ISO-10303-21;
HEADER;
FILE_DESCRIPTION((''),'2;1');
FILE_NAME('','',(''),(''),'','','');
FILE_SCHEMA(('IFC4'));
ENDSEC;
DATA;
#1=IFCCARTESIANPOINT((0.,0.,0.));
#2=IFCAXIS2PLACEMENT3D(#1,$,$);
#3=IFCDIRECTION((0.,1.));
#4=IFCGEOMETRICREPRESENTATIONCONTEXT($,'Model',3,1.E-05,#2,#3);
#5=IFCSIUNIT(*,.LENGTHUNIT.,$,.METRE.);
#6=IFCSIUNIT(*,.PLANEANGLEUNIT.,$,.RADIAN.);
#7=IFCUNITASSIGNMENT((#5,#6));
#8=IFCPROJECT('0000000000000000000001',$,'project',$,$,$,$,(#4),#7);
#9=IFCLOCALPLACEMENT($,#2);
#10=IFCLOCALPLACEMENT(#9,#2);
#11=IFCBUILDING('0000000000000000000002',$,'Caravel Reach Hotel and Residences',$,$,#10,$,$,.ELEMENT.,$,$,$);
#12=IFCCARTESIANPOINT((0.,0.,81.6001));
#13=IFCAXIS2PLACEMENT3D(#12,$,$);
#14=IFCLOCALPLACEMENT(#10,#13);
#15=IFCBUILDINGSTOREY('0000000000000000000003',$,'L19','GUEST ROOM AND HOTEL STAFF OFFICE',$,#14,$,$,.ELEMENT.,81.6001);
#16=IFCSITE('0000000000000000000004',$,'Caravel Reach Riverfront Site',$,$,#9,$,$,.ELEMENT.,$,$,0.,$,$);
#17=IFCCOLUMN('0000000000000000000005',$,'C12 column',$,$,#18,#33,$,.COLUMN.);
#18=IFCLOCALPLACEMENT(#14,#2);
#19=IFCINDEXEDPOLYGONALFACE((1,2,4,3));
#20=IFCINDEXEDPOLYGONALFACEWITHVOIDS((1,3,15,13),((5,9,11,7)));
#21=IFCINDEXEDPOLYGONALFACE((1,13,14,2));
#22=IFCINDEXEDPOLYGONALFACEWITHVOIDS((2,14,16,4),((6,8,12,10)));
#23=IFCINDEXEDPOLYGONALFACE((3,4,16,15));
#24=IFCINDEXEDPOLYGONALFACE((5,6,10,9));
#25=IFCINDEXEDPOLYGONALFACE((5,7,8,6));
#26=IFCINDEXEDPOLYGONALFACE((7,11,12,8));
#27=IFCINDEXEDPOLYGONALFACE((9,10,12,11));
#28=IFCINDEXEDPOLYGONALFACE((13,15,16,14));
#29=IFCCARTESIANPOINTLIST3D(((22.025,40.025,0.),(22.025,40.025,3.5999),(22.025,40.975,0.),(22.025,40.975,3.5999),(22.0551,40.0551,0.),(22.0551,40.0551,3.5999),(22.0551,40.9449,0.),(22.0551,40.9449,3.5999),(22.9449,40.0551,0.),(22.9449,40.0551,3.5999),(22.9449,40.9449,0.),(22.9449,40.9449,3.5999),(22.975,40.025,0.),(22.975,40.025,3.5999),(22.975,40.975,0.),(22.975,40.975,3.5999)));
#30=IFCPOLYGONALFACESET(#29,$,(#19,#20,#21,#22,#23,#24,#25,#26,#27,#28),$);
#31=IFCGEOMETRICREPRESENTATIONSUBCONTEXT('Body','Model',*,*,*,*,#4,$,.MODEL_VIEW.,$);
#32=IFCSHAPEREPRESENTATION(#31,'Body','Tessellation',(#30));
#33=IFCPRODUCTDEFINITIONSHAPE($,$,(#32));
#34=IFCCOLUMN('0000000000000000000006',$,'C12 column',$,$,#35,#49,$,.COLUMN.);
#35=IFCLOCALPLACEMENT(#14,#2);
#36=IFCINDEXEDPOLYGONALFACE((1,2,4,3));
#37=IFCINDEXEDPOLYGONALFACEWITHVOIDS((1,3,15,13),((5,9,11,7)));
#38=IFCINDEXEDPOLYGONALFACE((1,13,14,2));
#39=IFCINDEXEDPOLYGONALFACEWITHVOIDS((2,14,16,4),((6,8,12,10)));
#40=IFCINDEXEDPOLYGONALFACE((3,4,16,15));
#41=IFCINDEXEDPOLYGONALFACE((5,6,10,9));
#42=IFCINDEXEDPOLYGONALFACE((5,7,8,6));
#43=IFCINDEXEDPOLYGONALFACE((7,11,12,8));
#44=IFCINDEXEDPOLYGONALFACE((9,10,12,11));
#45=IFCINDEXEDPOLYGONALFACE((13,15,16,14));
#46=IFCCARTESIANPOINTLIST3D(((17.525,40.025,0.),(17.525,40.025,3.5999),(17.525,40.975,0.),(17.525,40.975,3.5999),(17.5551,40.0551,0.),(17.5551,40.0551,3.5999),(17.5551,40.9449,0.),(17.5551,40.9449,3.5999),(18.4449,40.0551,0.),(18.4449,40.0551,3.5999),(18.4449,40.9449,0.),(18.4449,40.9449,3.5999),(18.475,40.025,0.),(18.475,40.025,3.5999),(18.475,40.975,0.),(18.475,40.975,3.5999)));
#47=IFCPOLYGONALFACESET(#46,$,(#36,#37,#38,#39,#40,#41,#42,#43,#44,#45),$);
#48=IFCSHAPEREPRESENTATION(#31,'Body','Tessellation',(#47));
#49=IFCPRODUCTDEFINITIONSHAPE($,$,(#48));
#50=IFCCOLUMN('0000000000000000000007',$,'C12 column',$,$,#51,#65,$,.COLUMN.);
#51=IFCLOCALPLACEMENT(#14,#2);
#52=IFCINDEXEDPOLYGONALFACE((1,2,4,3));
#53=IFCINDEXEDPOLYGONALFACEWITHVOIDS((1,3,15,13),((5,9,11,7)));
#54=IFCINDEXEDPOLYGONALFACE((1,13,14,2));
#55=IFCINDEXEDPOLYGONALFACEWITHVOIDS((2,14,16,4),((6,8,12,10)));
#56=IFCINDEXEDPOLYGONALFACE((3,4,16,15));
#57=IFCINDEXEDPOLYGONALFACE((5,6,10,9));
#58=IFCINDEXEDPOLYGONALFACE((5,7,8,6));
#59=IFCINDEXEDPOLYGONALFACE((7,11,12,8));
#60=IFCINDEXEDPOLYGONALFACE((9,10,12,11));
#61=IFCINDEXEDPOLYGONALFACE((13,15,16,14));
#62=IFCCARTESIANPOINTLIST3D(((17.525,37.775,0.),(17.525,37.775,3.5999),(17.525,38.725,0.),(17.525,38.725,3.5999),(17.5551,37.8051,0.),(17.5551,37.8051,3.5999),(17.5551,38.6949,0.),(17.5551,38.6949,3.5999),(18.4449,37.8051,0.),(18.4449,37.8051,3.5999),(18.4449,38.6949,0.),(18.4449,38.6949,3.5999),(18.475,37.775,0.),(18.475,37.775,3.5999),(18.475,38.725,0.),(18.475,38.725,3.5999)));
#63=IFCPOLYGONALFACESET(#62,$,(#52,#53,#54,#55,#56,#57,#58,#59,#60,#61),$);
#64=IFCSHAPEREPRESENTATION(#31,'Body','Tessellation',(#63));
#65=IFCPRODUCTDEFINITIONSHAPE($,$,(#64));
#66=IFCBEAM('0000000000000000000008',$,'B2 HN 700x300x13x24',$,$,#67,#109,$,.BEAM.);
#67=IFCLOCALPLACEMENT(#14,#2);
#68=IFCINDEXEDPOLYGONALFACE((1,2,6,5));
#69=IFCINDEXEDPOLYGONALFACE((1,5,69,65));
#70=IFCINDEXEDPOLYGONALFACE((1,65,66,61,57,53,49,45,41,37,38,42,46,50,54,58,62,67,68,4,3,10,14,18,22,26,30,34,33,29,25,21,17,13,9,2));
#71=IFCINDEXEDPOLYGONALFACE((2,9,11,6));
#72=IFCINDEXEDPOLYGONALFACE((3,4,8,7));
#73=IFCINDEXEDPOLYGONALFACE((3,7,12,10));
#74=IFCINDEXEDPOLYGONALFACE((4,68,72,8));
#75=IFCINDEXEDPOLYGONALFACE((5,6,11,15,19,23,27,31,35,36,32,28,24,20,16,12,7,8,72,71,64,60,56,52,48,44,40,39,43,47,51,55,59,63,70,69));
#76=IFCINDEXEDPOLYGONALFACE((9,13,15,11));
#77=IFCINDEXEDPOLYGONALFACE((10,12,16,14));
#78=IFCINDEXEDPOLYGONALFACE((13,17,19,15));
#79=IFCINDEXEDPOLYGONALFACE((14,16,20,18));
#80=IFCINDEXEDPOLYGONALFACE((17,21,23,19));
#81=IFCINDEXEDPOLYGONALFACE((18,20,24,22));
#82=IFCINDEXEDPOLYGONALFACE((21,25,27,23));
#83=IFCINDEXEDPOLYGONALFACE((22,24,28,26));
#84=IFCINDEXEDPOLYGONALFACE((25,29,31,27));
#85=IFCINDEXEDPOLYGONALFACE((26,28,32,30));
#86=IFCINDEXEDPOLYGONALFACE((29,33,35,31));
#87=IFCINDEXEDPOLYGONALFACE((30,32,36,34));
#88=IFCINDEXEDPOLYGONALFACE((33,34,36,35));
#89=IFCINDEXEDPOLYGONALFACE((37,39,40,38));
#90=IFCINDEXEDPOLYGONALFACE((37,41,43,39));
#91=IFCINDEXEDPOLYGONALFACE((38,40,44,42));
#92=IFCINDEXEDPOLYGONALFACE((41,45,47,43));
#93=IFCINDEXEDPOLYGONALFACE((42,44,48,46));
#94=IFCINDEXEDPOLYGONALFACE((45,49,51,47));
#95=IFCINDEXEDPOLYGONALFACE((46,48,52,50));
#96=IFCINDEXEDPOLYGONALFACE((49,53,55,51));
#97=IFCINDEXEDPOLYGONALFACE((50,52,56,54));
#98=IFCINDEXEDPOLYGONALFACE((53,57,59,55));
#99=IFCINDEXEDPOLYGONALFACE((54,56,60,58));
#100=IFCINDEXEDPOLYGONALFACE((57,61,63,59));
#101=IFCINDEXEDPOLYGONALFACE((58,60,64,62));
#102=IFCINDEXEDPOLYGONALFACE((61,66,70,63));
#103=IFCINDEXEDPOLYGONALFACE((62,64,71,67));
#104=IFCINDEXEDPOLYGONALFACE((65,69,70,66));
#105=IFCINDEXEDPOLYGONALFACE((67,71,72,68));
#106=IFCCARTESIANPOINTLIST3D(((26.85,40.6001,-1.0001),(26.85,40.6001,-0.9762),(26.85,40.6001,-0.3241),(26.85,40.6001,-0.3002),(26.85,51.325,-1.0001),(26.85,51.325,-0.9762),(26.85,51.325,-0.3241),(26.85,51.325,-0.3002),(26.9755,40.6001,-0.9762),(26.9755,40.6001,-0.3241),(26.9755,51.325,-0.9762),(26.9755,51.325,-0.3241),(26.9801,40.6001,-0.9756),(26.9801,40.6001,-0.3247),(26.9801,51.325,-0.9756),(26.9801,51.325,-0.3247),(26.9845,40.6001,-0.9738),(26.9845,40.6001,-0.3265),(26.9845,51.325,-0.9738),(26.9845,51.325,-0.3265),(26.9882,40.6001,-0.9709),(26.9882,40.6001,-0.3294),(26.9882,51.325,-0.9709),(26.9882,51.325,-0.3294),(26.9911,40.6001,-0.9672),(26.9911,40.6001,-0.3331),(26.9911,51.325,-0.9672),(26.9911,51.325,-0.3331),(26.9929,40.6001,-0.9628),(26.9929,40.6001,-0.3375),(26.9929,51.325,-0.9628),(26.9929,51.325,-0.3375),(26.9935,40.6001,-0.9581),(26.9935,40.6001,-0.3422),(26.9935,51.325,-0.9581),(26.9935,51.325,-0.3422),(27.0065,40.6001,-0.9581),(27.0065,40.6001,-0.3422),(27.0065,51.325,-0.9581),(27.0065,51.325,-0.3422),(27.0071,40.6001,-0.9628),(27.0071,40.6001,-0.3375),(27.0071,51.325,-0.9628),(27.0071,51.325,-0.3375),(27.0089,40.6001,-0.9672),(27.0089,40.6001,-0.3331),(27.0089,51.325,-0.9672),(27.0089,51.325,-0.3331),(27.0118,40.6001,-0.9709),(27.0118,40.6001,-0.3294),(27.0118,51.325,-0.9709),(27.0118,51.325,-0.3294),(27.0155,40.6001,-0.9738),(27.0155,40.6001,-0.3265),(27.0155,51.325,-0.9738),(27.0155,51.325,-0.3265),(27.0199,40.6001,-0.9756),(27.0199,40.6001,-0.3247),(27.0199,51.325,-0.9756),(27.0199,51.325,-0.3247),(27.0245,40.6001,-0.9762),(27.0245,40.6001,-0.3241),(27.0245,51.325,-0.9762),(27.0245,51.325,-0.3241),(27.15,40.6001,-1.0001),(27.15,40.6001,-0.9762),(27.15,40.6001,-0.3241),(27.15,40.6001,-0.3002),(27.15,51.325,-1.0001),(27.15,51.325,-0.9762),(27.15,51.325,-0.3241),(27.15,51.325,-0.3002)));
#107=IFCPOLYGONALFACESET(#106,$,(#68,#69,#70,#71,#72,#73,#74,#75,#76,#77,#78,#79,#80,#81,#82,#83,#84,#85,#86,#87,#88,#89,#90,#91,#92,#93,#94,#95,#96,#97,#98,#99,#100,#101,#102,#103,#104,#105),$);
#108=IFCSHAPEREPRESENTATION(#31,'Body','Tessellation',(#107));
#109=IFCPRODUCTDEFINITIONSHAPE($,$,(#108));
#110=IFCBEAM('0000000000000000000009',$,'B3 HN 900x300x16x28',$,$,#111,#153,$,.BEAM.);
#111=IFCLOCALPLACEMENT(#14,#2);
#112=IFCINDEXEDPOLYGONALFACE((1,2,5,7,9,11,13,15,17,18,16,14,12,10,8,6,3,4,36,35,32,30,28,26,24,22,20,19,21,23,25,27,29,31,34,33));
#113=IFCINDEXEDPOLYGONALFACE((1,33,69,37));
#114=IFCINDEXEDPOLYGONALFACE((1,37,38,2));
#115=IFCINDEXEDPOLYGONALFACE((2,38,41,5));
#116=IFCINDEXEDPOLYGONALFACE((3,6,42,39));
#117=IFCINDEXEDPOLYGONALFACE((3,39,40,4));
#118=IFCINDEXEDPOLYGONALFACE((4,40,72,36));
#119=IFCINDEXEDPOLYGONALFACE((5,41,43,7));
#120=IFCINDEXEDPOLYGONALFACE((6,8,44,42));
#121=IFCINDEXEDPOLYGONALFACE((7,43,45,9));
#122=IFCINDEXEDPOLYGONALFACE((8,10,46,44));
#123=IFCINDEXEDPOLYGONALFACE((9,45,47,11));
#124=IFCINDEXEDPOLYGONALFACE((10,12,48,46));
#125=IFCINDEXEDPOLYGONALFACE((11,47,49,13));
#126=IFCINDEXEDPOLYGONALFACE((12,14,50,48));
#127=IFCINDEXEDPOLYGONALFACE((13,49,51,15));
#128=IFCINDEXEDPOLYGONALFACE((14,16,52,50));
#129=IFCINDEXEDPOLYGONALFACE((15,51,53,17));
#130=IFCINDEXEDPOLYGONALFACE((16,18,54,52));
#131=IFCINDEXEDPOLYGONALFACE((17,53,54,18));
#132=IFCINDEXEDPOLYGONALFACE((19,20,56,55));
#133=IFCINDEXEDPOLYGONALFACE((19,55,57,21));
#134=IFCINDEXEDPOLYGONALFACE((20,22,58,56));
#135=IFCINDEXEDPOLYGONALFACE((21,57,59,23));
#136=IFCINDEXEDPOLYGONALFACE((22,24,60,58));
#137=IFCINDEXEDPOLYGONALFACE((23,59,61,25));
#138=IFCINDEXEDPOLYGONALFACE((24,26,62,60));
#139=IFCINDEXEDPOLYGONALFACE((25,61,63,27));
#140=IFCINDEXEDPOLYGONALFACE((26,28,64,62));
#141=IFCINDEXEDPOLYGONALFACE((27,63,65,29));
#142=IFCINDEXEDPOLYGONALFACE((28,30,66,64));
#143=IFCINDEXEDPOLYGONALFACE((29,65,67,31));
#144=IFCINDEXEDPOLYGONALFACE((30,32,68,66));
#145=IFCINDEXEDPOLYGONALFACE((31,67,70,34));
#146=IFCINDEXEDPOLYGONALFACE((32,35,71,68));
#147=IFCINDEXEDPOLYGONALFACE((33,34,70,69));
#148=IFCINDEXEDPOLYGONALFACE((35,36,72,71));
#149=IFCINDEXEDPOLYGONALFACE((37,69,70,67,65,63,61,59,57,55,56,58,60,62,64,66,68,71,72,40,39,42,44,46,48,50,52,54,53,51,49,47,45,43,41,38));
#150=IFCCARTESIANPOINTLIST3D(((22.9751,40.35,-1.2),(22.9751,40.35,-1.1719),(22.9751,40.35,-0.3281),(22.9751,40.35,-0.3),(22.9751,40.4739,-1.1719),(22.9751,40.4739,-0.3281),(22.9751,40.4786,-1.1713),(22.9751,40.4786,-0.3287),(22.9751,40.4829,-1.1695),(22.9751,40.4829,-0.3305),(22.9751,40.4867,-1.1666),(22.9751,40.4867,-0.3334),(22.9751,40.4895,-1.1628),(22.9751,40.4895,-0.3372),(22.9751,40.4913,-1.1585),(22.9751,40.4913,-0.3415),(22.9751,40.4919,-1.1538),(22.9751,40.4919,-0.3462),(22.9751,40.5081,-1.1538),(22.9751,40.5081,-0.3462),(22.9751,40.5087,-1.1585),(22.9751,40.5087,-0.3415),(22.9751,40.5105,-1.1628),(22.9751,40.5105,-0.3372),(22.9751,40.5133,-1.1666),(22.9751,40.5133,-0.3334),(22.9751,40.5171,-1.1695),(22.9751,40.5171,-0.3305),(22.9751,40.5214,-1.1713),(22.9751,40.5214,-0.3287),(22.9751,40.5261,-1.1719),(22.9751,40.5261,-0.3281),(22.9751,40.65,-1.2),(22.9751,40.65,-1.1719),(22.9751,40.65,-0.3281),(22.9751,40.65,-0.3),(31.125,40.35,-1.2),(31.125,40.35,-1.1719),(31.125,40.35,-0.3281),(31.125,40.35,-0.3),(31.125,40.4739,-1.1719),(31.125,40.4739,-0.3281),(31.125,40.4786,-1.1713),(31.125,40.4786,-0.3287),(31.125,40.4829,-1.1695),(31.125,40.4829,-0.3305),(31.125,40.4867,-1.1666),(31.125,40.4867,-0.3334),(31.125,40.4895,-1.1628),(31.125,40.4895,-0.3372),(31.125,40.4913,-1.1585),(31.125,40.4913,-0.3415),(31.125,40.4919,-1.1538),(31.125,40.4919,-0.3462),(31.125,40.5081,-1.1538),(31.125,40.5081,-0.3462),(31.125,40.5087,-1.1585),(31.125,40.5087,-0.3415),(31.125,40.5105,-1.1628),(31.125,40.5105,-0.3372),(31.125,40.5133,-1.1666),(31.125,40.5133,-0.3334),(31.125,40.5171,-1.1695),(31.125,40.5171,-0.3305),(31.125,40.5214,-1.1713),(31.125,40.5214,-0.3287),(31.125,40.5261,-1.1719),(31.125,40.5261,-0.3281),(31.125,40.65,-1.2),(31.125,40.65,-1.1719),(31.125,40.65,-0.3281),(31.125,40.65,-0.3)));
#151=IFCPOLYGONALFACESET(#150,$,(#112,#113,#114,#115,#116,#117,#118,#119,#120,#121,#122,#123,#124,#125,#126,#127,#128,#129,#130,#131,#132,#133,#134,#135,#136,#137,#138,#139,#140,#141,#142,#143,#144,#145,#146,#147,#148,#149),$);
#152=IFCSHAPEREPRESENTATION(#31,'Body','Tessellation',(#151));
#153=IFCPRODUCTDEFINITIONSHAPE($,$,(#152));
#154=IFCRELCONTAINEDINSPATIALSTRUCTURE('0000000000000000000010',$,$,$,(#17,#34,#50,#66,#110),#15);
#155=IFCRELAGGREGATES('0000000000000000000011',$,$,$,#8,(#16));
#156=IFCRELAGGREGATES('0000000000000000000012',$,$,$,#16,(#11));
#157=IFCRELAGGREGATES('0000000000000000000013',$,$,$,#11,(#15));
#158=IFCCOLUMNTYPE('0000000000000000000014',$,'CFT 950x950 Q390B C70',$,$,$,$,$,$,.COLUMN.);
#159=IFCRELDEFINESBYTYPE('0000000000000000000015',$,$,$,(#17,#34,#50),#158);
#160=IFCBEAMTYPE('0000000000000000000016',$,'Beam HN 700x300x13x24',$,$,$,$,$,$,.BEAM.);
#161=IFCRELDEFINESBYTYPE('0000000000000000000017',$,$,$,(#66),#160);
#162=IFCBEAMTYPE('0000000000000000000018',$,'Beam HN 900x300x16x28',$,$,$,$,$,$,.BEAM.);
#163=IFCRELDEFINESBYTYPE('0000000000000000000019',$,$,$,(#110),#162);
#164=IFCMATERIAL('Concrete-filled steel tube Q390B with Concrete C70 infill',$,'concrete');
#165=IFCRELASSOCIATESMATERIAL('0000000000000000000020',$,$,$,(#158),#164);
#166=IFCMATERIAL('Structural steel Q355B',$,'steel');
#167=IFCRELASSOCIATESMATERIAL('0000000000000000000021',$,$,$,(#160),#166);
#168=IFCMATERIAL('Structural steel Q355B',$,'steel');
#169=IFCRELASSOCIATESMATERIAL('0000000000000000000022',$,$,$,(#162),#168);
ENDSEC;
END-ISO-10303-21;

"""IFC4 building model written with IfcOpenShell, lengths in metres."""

from ifc_helpers import new_model, si_unit, direction, frame, origin, origin_2d, place, context, subcontext, project, spatial, hollow_rectangle, i_section, extrude, material, material_profile, profile_set, type_object, element, save


model = new_model("IFC4")

# Units and contexts
model_context = context("Model", 3, precision=1e-05, world=origin(), true_north=direction((0.0, 1.0)))
body_context = subcontext(model_context, "Body", "Model", "MODEL_VIEW")
ifc_project = project(units=[si_unit("LENGTHUNIT", "METRE"), si_unit("PLANEANGLEUNIT", "RADIAN")], contexts=[model_context])

# Site, building, storey
site_placement = place(None, origin())
site = spatial("IfcSite", under=ifc_project, at=site_placement, Name="Caravel Reach Riverfront Site", CompositionType="ELEMENT", RefElevation=0.0)
building_placement = place(site_placement, origin())
building = spatial("IfcBuilding", under=site, at=building_placement, Name="Caravel Reach Hotel and Residences", CompositionType="ELEMENT")
storey_placement = place(building_placement, frame((0.0, 0.0, 81.6001)))
storey = spatial("IfcBuildingStorey", under=building, at=storey_placement, Name="L19", Description="GUEST ROOM AND HOTEL STAFF OFFICE", CompositionType="ELEMENT", Elevation=81.6001)

# Columns
ifc_material_1 = material(Name="Concrete-filled steel tube Q390B with Concrete C70 infill", Category="concrete")
ifc_material_profile_1 = material_profile(ifc_material_1, hollow_rectangle(XDim=0.95, YDim=0.95, WallThickness=0.03, at=origin_2d()), Name="RHS 950x950x30")
ifc_profile_set_1 = profile_set([ifc_material_profile_1], Name="Concrete-filled steel tube Q390B with Concrete C70 infill")
column_type = type_object("IfcColumnType", Name="CFT 950x950 Q390B C70", PredefinedType="COLUMN", material=ifc_profile_set_1)
for number, where, z_axis, x_axis, name in (
    (1, (22.5, 40.5, 0.0), (0.0, 0.0, 1.0), (1.0, 0.0, 0.0), "C12 column"),
    (2, (18.0, 40.5, 0.0), (0.0, 0.0, 1.0), (1.0, 0.0, 0.0), "C12 column"),
    (3, (18.0, 38.25, 0.0), (0.0, 0.0, 1.0), (1.0, 0.0, 0.0), "C12 column"),
):
    element("IfcColumn", number, at=place(storey_placement, frame(where, z_axis=z_axis, x_axis=x_axis)), inside=storey, type_object=column_type, Name=name, PredefinedType="COLUMN", context=body_context, shape_type="SweptSolid", body=[
        extrude(hollow_rectangle(XDim=0.95, YDim=0.95, WallThickness=0.03, at=origin_2d()), origin(), (0.0, 0.0, 1.0), 3.5999),
    ])

# Beams
ifc_material_2 = material(Name="Structural steel Q355B", Category="steel")
ifc_material_profile_2 = material_profile(ifc_material_2, i_section(OverallWidth=0.3, OverallDepth=0.7, WebThickness=0.0129, FlangeThickness=0.0239, FilletRadius=0.0181, at=origin_2d()), Name="HN 700x300x13x24")
ifc_profile_set_2 = profile_set([ifc_material_profile_2], Name="Structural steel Q355B")
beam_type_1 = type_object("IfcBeamType", Name="Beam HN 700x300x13x24", PredefinedType="BEAM", material=ifc_profile_set_2)
beam_1_placement = place(storey_placement, frame((27.0, 40.6001, -0.6501), z_axis=(0.0, 1.0, 0.0), x_axis=(-1.0, 0.0, 0.0)))
element("IfcBeam", 4, at=beam_1_placement, inside=storey, type_object=beam_type_1, Name="B2 HN 700x300x13x24", PredefinedType="BEAM", context=body_context, shape_type="SweptSolid", body=[
    extrude(i_section(OverallWidth=0.3, OverallDepth=0.7, WebThickness=0.0129, FlangeThickness=0.0239, FilletRadius=0.0181, at=origin_2d()), origin(), (0.0, 0.0, 1.0), 10.7249),
])
ifc_material_3 = material(Name="Structural steel Q355B", Category="steel")
ifc_material_profile_3 = material_profile(ifc_material_3, i_section(OverallWidth=0.3, OverallDepth=0.8999, WebThickness=0.0161, FlangeThickness=0.0281, FilletRadius=0.0181, at=origin_2d()), Name="HN 900x300x16x28")
ifc_profile_set_3 = profile_set([ifc_material_profile_3], Name="Structural steel Q355B")
beam_type_2 = type_object("IfcBeamType", Name="Beam HN 900x300x16x28", PredefinedType="BEAM", material=ifc_profile_set_3)
beam_2_placement = place(storey_placement, frame((22.9751, 40.5, -0.75), z_axis=(1.0, 0.0, 0.0), x_axis=(0.0, 1.0, 0.0)))
element("IfcBeam", 5, at=beam_2_placement, inside=storey, type_object=beam_type_2, Name="B3 HN 900x300x16x28", PredefinedType="BEAM", context=body_context, shape_type="SweptSolid", body=[
    extrude(i_section(OverallWidth=0.3, OverallDepth=0.8999, WebThickness=0.0161, FlangeThickness=0.0281, FilletRadius=0.0181, at=origin_2d()), origin(), (0.0, 0.0, 1.0), 8.1499),
])

save(model, "model.ifc")
